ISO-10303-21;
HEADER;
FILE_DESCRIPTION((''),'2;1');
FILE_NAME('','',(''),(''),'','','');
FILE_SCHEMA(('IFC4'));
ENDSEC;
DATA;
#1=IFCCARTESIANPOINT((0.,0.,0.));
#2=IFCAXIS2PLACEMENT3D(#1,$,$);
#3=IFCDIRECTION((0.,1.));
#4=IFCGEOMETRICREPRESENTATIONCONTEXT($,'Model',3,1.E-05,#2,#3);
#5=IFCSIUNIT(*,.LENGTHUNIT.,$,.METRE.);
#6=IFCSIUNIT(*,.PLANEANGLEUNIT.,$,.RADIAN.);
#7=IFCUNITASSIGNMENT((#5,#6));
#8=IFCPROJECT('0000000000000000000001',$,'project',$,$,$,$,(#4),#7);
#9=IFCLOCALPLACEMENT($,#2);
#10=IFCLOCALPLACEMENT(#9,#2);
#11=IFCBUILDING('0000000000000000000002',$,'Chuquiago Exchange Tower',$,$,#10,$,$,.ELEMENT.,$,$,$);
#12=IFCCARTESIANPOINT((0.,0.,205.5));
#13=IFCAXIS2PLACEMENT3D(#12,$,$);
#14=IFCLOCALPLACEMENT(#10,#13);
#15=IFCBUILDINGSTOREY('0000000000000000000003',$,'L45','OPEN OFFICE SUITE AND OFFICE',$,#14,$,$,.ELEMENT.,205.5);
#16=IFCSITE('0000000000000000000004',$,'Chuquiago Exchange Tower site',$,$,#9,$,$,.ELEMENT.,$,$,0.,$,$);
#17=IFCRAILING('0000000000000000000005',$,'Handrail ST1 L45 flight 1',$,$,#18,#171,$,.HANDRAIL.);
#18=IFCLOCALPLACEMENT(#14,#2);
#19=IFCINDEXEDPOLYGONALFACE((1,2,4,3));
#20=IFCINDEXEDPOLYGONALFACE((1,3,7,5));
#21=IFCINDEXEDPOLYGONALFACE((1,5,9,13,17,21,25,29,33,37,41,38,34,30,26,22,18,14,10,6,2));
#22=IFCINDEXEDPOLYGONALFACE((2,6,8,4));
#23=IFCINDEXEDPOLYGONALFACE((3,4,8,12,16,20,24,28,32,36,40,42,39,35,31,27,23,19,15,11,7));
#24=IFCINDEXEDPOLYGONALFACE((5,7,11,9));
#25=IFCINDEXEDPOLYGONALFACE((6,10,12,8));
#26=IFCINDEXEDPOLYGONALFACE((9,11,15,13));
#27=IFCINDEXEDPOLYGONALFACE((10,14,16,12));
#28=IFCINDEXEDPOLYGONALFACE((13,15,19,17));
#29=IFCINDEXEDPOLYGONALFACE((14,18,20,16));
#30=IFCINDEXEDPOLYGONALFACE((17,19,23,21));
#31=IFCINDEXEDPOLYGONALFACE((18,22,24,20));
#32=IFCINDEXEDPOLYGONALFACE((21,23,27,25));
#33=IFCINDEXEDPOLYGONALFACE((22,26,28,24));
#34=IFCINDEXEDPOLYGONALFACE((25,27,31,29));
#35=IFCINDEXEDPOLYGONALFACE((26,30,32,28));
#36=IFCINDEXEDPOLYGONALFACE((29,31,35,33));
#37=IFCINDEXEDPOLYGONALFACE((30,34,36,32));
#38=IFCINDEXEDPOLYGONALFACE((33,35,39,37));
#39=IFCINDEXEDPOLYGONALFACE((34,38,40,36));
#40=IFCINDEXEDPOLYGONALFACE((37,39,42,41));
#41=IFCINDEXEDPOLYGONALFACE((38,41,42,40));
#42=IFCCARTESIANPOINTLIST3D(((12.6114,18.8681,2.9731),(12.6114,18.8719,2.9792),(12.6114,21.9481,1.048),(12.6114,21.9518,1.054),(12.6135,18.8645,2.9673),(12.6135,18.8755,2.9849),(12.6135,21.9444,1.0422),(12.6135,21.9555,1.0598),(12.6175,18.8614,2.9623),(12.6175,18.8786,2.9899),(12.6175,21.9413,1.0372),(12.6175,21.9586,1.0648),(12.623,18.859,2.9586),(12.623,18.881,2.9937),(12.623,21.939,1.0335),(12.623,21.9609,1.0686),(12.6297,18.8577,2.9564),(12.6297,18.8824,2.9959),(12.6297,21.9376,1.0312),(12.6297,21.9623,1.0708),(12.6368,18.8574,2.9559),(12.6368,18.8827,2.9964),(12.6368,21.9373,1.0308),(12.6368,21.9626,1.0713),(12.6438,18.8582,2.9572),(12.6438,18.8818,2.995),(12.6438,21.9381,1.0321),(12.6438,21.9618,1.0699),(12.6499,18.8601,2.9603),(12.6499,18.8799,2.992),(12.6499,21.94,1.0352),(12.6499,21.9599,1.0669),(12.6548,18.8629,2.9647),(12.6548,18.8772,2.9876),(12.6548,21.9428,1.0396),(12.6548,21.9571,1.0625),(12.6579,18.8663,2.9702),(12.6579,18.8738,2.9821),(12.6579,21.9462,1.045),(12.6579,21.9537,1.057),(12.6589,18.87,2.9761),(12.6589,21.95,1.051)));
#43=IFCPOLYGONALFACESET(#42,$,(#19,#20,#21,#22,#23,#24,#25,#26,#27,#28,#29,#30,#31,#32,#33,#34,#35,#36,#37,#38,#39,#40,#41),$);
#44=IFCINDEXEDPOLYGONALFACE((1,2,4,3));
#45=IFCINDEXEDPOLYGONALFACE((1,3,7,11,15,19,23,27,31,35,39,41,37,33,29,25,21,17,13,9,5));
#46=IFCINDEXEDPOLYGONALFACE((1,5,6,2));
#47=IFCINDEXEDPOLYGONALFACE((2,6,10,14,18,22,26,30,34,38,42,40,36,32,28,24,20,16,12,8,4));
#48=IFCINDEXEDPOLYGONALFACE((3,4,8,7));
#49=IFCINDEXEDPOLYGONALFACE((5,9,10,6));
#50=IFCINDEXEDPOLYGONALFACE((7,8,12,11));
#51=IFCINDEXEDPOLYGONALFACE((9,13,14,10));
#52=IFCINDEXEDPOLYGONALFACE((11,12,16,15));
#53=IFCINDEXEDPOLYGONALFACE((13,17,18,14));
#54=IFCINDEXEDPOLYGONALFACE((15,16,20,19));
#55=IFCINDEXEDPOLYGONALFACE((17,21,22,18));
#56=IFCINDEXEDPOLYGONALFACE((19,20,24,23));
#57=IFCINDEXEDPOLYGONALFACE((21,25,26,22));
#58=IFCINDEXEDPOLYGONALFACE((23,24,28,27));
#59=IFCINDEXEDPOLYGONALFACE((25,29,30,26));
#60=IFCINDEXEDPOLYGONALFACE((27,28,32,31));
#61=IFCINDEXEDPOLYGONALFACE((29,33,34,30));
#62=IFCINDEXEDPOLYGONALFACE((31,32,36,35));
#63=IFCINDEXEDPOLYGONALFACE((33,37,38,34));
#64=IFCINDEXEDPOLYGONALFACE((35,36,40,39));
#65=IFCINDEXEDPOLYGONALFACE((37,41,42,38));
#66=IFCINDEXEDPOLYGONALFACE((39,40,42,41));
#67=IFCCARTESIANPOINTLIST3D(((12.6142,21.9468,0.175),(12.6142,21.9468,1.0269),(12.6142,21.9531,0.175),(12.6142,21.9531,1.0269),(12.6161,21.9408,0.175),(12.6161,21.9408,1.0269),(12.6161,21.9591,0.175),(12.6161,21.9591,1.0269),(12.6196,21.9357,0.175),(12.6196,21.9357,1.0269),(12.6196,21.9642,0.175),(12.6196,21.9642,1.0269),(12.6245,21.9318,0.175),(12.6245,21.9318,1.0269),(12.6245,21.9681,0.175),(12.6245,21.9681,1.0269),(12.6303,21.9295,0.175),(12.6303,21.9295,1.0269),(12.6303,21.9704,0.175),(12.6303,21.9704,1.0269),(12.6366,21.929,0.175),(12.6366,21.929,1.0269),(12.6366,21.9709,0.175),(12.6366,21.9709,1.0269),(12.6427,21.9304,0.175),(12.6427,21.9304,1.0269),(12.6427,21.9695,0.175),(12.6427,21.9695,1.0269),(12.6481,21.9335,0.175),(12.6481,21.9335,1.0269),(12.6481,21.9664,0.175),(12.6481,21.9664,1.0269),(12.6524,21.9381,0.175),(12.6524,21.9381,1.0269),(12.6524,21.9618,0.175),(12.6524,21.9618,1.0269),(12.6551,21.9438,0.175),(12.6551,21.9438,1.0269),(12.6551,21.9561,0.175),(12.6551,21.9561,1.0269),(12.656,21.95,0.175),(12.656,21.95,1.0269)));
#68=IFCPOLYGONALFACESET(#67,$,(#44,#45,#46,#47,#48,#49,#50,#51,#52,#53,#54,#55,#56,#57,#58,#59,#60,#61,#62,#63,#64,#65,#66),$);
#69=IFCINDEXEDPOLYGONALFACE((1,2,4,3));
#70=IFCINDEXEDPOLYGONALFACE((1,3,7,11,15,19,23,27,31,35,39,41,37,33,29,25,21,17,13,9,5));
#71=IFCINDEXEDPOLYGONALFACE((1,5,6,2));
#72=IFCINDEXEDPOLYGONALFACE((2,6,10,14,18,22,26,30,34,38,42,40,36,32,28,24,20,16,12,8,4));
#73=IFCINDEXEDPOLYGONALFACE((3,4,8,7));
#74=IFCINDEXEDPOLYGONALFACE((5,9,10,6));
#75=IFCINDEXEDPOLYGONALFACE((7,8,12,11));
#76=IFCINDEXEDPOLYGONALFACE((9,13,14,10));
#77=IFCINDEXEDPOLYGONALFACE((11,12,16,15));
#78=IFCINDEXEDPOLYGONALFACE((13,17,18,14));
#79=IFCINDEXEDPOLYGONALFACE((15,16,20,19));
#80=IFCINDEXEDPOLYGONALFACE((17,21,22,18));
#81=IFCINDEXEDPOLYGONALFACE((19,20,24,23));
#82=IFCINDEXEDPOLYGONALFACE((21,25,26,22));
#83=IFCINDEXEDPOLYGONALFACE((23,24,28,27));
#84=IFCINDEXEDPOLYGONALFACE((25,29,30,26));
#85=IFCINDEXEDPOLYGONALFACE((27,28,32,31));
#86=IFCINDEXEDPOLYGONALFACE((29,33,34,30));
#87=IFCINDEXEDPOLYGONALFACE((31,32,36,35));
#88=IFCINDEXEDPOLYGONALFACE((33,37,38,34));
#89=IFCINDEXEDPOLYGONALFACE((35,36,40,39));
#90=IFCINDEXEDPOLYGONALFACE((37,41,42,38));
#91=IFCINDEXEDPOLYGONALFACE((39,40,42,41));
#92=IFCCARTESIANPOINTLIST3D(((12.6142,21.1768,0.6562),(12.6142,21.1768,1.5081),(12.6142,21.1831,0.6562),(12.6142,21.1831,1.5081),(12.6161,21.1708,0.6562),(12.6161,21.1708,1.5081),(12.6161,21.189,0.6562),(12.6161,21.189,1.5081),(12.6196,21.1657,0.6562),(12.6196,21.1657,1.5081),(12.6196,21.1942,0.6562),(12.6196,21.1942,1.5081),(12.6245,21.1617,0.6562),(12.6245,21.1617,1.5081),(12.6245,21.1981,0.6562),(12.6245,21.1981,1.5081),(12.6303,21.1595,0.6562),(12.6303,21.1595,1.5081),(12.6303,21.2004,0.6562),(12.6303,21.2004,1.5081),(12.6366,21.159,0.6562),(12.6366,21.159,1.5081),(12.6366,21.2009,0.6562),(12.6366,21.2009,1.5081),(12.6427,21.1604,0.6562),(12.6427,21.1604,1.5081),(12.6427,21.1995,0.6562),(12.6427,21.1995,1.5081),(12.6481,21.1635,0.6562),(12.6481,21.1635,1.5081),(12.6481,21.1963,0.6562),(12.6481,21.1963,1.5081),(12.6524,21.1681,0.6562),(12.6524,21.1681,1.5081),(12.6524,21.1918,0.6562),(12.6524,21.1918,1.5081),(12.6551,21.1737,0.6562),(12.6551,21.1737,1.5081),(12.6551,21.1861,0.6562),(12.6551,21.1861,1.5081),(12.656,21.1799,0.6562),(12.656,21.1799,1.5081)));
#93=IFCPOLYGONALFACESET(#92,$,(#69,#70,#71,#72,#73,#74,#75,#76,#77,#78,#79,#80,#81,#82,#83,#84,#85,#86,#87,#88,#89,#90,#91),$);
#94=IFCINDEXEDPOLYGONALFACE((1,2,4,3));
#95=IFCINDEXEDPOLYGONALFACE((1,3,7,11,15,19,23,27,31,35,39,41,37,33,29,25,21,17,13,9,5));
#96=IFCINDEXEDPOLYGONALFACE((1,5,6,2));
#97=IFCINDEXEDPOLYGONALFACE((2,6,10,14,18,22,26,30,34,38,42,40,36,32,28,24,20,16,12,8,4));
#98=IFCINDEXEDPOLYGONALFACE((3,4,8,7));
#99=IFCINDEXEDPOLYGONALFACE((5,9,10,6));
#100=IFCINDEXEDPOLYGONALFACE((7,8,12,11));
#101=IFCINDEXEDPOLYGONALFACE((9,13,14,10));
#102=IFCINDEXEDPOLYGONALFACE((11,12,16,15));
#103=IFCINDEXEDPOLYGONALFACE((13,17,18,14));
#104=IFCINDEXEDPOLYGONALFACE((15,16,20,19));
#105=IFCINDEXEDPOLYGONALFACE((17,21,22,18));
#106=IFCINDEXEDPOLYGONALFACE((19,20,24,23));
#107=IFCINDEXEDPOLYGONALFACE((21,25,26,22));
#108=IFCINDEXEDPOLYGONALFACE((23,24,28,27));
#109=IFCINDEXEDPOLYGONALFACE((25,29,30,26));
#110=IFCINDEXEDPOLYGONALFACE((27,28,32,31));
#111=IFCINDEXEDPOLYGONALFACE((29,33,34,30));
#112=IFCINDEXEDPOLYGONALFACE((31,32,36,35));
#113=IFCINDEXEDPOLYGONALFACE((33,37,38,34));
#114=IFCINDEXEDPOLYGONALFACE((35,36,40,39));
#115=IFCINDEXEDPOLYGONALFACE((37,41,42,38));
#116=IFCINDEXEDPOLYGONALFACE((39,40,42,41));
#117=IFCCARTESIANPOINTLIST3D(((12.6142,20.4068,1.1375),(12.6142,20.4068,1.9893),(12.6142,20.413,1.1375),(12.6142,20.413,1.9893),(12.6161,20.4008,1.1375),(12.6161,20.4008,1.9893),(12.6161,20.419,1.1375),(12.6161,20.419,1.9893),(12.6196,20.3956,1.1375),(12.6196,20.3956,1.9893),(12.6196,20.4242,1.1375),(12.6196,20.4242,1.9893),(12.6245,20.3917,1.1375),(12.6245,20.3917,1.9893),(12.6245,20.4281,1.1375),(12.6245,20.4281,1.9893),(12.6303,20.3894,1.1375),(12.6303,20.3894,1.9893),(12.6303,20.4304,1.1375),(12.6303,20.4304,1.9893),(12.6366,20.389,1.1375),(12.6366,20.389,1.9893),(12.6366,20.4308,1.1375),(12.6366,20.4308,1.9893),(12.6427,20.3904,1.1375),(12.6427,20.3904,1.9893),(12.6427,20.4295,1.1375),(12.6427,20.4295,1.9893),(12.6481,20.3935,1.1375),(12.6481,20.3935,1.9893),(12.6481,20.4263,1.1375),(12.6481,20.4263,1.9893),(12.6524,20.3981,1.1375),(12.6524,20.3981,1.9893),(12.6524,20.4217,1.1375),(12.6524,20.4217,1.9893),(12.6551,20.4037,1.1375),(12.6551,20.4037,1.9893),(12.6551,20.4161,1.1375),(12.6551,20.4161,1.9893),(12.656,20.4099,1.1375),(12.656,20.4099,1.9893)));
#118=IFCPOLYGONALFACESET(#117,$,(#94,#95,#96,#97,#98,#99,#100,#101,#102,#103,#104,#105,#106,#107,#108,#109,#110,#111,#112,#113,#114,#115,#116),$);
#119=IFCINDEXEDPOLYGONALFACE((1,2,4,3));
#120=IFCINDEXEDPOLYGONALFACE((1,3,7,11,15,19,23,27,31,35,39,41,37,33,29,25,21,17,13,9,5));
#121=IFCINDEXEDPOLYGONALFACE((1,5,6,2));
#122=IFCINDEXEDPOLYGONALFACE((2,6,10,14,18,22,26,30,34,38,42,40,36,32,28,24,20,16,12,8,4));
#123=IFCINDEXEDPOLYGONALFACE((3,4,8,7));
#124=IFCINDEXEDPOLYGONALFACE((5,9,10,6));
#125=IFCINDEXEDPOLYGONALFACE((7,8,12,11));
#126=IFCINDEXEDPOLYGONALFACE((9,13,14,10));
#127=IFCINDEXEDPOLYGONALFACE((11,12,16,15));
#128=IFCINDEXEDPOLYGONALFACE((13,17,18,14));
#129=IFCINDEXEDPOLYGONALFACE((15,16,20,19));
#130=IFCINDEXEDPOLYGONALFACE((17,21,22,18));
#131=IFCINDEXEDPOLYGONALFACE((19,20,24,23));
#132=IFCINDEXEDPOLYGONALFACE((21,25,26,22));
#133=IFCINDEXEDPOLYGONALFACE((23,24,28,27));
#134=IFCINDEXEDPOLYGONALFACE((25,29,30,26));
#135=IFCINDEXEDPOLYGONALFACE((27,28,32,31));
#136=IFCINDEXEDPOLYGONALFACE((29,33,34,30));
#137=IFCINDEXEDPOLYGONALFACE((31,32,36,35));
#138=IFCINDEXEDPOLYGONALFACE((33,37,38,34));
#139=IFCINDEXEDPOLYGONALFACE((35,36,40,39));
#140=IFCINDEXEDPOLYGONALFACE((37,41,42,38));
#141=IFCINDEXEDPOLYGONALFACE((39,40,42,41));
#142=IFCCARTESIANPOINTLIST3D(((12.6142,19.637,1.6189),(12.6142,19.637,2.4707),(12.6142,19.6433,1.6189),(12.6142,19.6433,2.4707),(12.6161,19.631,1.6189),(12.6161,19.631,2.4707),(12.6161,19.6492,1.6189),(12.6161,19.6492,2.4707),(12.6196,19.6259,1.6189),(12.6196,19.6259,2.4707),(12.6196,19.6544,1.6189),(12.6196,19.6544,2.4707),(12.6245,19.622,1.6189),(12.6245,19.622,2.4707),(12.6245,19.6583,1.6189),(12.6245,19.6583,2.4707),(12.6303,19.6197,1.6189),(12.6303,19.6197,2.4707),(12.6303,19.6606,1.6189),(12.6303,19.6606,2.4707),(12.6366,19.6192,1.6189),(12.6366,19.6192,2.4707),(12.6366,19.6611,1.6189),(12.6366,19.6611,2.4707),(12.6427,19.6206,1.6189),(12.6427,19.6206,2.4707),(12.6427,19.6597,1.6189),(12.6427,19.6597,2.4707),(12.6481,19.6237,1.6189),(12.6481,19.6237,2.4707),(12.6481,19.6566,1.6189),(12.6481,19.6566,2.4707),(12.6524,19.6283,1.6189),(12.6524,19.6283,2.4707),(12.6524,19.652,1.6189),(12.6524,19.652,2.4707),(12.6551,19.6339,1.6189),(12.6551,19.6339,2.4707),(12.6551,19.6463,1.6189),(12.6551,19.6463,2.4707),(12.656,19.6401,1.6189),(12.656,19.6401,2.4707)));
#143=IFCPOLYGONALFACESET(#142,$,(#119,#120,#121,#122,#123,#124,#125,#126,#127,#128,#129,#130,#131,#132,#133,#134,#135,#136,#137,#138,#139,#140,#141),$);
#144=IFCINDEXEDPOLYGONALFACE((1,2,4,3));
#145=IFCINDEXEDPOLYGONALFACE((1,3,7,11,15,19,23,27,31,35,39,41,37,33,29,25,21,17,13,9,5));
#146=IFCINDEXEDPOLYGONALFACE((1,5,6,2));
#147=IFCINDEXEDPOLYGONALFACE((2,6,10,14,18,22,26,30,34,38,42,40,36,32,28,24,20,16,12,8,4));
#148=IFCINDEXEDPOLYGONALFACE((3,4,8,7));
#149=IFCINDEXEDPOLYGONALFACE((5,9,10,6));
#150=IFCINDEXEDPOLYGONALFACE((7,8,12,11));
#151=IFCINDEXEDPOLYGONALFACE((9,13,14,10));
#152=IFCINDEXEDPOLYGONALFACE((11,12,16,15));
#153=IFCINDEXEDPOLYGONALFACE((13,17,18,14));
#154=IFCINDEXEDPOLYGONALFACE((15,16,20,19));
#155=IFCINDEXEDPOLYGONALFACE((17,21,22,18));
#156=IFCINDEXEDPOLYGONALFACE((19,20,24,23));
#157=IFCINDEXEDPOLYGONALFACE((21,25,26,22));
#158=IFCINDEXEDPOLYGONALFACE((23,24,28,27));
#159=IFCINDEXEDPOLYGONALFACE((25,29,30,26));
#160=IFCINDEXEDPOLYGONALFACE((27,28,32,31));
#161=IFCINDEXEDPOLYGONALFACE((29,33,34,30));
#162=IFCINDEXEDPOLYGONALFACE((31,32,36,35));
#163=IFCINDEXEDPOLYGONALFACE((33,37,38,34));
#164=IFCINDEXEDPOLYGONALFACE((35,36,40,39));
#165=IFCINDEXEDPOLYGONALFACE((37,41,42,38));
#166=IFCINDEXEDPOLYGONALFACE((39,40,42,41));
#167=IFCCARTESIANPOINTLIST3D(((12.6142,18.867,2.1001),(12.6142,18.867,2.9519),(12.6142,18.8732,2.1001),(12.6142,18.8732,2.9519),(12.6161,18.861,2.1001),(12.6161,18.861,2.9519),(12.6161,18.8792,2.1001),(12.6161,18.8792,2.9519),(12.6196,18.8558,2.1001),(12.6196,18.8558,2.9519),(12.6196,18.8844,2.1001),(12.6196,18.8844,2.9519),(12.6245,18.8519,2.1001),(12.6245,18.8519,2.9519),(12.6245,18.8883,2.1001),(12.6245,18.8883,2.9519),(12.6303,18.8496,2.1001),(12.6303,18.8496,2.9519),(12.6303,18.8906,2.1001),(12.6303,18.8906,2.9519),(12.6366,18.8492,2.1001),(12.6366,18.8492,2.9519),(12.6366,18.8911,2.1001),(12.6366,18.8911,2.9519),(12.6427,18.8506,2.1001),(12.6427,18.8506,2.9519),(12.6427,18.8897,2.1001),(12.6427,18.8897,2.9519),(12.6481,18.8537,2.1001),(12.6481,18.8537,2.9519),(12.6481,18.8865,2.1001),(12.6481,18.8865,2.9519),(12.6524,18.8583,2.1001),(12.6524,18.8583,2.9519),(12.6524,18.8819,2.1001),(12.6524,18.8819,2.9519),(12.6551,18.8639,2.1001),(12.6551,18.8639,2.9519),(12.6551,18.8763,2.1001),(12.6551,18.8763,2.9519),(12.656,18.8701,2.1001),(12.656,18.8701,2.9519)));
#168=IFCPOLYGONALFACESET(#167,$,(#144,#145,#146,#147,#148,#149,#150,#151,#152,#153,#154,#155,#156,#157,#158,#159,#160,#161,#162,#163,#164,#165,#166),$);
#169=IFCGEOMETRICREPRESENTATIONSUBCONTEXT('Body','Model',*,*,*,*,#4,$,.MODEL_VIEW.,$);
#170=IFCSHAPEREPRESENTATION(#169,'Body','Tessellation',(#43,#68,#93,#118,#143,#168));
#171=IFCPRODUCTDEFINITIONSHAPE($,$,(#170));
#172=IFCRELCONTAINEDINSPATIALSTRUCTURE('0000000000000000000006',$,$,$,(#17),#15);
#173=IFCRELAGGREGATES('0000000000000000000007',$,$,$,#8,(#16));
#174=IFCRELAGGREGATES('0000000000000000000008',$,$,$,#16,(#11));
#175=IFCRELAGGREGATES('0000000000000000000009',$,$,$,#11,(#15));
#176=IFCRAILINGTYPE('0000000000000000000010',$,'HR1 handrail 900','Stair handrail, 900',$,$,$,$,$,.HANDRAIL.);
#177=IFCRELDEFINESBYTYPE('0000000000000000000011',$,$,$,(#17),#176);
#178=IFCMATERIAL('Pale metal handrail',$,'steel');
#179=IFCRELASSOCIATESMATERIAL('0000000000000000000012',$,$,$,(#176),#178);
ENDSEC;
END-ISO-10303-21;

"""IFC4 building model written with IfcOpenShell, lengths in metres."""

from ifc_helpers import new_model, si_unit, direction, frame, origin, origin_2d, place, context, subcontext, project, spatial, circle, extrude, material, type_object, element, save


model = new_model("IFC4")

# Units and contexts
model_context = context("Model", 3, precision=1e-05, world=origin(), true_north=direction((0.0, 1.0)))
body_context = subcontext(model_context, "Body", "Model", "MODEL_VIEW")
ifc_project = project(units=[si_unit("LENGTHUNIT", "METRE"), si_unit("PLANEANGLEUNIT", "RADIAN")], contexts=[model_context])

# Site, building, storey
site_placement = place(None, origin())
site = spatial("IfcSite", under=ifc_project, at=site_placement, Name="Chuquiago Exchange Tower site", CompositionType="ELEMENT", RefElevation=0.0)
building_placement = place(site_placement, origin())
building = spatial("IfcBuilding", under=site, at=building_placement, Name="Chuquiago Exchange Tower", CompositionType="ELEMENT")
storey_placement = place(building_placement, frame((0.0, 0.0, 205.5)))
storey = spatial("IfcBuildingStorey", under=building, at=storey_placement, Name="L45", Description="OPEN OFFICE SUITE AND OFFICE", CompositionType="ELEMENT", Elevation=205.5)

# Railing
ifc_material_1 = material(Name="Pale metal handrail", Category="steel")
railing_type_1 = type_object("IfcRailingType", Name="HR1 handrail 900", Description="Stair handrail, 900", PredefinedType="HANDRAIL", material=ifc_material_1)
for number, where, name in (
    (1, (12.635, 21.95, 0.175), "Handrail ST1 L45 flight 1"),
):
    element("IfcRailing", number, at=place(storey_placement, frame(where)), inside=storey, type_object=railing_type_1, Name=name, PredefinedType="HANDRAIL", context=body_context, shape_type="SweptSolid", body=[
        extrude(circle(Radius=0.0239, at=origin_2d()), frame((0.0, 0.0, 0.876), z_axis=(0.0, -0.847979, 0.530029), x_axis=(1.0, 0.0, 0.0)), (0.0, 0.0, 1.0), 3.6321),
        extrude(circle(Radius=0.021, at=origin_2d()), origin(), (0.0, 0.0, 1.0), 0.8518),
        extrude(circle(Radius=0.021, at=origin_2d()), frame((0.0, -0.77, 0.4812)), (0.0, 0.0, 1.0), 0.8518),
        extrude(circle(Radius=0.021, at=origin_2d()), frame((0.0, -1.54, 0.9624)), (0.0, 0.0, 1.0), 0.8518),
        extrude(circle(Radius=0.021, at=origin_2d()), frame((0.0, -2.3098, 1.4438)), (0.0, 0.0, 1.0), 0.8518),
        extrude(circle(Radius=0.021, at=origin_2d()), frame((0.0, -3.0798, 1.925)), (0.0, 0.0, 1.0), 0.8518),
    ])

save(model, "model.ifc")
